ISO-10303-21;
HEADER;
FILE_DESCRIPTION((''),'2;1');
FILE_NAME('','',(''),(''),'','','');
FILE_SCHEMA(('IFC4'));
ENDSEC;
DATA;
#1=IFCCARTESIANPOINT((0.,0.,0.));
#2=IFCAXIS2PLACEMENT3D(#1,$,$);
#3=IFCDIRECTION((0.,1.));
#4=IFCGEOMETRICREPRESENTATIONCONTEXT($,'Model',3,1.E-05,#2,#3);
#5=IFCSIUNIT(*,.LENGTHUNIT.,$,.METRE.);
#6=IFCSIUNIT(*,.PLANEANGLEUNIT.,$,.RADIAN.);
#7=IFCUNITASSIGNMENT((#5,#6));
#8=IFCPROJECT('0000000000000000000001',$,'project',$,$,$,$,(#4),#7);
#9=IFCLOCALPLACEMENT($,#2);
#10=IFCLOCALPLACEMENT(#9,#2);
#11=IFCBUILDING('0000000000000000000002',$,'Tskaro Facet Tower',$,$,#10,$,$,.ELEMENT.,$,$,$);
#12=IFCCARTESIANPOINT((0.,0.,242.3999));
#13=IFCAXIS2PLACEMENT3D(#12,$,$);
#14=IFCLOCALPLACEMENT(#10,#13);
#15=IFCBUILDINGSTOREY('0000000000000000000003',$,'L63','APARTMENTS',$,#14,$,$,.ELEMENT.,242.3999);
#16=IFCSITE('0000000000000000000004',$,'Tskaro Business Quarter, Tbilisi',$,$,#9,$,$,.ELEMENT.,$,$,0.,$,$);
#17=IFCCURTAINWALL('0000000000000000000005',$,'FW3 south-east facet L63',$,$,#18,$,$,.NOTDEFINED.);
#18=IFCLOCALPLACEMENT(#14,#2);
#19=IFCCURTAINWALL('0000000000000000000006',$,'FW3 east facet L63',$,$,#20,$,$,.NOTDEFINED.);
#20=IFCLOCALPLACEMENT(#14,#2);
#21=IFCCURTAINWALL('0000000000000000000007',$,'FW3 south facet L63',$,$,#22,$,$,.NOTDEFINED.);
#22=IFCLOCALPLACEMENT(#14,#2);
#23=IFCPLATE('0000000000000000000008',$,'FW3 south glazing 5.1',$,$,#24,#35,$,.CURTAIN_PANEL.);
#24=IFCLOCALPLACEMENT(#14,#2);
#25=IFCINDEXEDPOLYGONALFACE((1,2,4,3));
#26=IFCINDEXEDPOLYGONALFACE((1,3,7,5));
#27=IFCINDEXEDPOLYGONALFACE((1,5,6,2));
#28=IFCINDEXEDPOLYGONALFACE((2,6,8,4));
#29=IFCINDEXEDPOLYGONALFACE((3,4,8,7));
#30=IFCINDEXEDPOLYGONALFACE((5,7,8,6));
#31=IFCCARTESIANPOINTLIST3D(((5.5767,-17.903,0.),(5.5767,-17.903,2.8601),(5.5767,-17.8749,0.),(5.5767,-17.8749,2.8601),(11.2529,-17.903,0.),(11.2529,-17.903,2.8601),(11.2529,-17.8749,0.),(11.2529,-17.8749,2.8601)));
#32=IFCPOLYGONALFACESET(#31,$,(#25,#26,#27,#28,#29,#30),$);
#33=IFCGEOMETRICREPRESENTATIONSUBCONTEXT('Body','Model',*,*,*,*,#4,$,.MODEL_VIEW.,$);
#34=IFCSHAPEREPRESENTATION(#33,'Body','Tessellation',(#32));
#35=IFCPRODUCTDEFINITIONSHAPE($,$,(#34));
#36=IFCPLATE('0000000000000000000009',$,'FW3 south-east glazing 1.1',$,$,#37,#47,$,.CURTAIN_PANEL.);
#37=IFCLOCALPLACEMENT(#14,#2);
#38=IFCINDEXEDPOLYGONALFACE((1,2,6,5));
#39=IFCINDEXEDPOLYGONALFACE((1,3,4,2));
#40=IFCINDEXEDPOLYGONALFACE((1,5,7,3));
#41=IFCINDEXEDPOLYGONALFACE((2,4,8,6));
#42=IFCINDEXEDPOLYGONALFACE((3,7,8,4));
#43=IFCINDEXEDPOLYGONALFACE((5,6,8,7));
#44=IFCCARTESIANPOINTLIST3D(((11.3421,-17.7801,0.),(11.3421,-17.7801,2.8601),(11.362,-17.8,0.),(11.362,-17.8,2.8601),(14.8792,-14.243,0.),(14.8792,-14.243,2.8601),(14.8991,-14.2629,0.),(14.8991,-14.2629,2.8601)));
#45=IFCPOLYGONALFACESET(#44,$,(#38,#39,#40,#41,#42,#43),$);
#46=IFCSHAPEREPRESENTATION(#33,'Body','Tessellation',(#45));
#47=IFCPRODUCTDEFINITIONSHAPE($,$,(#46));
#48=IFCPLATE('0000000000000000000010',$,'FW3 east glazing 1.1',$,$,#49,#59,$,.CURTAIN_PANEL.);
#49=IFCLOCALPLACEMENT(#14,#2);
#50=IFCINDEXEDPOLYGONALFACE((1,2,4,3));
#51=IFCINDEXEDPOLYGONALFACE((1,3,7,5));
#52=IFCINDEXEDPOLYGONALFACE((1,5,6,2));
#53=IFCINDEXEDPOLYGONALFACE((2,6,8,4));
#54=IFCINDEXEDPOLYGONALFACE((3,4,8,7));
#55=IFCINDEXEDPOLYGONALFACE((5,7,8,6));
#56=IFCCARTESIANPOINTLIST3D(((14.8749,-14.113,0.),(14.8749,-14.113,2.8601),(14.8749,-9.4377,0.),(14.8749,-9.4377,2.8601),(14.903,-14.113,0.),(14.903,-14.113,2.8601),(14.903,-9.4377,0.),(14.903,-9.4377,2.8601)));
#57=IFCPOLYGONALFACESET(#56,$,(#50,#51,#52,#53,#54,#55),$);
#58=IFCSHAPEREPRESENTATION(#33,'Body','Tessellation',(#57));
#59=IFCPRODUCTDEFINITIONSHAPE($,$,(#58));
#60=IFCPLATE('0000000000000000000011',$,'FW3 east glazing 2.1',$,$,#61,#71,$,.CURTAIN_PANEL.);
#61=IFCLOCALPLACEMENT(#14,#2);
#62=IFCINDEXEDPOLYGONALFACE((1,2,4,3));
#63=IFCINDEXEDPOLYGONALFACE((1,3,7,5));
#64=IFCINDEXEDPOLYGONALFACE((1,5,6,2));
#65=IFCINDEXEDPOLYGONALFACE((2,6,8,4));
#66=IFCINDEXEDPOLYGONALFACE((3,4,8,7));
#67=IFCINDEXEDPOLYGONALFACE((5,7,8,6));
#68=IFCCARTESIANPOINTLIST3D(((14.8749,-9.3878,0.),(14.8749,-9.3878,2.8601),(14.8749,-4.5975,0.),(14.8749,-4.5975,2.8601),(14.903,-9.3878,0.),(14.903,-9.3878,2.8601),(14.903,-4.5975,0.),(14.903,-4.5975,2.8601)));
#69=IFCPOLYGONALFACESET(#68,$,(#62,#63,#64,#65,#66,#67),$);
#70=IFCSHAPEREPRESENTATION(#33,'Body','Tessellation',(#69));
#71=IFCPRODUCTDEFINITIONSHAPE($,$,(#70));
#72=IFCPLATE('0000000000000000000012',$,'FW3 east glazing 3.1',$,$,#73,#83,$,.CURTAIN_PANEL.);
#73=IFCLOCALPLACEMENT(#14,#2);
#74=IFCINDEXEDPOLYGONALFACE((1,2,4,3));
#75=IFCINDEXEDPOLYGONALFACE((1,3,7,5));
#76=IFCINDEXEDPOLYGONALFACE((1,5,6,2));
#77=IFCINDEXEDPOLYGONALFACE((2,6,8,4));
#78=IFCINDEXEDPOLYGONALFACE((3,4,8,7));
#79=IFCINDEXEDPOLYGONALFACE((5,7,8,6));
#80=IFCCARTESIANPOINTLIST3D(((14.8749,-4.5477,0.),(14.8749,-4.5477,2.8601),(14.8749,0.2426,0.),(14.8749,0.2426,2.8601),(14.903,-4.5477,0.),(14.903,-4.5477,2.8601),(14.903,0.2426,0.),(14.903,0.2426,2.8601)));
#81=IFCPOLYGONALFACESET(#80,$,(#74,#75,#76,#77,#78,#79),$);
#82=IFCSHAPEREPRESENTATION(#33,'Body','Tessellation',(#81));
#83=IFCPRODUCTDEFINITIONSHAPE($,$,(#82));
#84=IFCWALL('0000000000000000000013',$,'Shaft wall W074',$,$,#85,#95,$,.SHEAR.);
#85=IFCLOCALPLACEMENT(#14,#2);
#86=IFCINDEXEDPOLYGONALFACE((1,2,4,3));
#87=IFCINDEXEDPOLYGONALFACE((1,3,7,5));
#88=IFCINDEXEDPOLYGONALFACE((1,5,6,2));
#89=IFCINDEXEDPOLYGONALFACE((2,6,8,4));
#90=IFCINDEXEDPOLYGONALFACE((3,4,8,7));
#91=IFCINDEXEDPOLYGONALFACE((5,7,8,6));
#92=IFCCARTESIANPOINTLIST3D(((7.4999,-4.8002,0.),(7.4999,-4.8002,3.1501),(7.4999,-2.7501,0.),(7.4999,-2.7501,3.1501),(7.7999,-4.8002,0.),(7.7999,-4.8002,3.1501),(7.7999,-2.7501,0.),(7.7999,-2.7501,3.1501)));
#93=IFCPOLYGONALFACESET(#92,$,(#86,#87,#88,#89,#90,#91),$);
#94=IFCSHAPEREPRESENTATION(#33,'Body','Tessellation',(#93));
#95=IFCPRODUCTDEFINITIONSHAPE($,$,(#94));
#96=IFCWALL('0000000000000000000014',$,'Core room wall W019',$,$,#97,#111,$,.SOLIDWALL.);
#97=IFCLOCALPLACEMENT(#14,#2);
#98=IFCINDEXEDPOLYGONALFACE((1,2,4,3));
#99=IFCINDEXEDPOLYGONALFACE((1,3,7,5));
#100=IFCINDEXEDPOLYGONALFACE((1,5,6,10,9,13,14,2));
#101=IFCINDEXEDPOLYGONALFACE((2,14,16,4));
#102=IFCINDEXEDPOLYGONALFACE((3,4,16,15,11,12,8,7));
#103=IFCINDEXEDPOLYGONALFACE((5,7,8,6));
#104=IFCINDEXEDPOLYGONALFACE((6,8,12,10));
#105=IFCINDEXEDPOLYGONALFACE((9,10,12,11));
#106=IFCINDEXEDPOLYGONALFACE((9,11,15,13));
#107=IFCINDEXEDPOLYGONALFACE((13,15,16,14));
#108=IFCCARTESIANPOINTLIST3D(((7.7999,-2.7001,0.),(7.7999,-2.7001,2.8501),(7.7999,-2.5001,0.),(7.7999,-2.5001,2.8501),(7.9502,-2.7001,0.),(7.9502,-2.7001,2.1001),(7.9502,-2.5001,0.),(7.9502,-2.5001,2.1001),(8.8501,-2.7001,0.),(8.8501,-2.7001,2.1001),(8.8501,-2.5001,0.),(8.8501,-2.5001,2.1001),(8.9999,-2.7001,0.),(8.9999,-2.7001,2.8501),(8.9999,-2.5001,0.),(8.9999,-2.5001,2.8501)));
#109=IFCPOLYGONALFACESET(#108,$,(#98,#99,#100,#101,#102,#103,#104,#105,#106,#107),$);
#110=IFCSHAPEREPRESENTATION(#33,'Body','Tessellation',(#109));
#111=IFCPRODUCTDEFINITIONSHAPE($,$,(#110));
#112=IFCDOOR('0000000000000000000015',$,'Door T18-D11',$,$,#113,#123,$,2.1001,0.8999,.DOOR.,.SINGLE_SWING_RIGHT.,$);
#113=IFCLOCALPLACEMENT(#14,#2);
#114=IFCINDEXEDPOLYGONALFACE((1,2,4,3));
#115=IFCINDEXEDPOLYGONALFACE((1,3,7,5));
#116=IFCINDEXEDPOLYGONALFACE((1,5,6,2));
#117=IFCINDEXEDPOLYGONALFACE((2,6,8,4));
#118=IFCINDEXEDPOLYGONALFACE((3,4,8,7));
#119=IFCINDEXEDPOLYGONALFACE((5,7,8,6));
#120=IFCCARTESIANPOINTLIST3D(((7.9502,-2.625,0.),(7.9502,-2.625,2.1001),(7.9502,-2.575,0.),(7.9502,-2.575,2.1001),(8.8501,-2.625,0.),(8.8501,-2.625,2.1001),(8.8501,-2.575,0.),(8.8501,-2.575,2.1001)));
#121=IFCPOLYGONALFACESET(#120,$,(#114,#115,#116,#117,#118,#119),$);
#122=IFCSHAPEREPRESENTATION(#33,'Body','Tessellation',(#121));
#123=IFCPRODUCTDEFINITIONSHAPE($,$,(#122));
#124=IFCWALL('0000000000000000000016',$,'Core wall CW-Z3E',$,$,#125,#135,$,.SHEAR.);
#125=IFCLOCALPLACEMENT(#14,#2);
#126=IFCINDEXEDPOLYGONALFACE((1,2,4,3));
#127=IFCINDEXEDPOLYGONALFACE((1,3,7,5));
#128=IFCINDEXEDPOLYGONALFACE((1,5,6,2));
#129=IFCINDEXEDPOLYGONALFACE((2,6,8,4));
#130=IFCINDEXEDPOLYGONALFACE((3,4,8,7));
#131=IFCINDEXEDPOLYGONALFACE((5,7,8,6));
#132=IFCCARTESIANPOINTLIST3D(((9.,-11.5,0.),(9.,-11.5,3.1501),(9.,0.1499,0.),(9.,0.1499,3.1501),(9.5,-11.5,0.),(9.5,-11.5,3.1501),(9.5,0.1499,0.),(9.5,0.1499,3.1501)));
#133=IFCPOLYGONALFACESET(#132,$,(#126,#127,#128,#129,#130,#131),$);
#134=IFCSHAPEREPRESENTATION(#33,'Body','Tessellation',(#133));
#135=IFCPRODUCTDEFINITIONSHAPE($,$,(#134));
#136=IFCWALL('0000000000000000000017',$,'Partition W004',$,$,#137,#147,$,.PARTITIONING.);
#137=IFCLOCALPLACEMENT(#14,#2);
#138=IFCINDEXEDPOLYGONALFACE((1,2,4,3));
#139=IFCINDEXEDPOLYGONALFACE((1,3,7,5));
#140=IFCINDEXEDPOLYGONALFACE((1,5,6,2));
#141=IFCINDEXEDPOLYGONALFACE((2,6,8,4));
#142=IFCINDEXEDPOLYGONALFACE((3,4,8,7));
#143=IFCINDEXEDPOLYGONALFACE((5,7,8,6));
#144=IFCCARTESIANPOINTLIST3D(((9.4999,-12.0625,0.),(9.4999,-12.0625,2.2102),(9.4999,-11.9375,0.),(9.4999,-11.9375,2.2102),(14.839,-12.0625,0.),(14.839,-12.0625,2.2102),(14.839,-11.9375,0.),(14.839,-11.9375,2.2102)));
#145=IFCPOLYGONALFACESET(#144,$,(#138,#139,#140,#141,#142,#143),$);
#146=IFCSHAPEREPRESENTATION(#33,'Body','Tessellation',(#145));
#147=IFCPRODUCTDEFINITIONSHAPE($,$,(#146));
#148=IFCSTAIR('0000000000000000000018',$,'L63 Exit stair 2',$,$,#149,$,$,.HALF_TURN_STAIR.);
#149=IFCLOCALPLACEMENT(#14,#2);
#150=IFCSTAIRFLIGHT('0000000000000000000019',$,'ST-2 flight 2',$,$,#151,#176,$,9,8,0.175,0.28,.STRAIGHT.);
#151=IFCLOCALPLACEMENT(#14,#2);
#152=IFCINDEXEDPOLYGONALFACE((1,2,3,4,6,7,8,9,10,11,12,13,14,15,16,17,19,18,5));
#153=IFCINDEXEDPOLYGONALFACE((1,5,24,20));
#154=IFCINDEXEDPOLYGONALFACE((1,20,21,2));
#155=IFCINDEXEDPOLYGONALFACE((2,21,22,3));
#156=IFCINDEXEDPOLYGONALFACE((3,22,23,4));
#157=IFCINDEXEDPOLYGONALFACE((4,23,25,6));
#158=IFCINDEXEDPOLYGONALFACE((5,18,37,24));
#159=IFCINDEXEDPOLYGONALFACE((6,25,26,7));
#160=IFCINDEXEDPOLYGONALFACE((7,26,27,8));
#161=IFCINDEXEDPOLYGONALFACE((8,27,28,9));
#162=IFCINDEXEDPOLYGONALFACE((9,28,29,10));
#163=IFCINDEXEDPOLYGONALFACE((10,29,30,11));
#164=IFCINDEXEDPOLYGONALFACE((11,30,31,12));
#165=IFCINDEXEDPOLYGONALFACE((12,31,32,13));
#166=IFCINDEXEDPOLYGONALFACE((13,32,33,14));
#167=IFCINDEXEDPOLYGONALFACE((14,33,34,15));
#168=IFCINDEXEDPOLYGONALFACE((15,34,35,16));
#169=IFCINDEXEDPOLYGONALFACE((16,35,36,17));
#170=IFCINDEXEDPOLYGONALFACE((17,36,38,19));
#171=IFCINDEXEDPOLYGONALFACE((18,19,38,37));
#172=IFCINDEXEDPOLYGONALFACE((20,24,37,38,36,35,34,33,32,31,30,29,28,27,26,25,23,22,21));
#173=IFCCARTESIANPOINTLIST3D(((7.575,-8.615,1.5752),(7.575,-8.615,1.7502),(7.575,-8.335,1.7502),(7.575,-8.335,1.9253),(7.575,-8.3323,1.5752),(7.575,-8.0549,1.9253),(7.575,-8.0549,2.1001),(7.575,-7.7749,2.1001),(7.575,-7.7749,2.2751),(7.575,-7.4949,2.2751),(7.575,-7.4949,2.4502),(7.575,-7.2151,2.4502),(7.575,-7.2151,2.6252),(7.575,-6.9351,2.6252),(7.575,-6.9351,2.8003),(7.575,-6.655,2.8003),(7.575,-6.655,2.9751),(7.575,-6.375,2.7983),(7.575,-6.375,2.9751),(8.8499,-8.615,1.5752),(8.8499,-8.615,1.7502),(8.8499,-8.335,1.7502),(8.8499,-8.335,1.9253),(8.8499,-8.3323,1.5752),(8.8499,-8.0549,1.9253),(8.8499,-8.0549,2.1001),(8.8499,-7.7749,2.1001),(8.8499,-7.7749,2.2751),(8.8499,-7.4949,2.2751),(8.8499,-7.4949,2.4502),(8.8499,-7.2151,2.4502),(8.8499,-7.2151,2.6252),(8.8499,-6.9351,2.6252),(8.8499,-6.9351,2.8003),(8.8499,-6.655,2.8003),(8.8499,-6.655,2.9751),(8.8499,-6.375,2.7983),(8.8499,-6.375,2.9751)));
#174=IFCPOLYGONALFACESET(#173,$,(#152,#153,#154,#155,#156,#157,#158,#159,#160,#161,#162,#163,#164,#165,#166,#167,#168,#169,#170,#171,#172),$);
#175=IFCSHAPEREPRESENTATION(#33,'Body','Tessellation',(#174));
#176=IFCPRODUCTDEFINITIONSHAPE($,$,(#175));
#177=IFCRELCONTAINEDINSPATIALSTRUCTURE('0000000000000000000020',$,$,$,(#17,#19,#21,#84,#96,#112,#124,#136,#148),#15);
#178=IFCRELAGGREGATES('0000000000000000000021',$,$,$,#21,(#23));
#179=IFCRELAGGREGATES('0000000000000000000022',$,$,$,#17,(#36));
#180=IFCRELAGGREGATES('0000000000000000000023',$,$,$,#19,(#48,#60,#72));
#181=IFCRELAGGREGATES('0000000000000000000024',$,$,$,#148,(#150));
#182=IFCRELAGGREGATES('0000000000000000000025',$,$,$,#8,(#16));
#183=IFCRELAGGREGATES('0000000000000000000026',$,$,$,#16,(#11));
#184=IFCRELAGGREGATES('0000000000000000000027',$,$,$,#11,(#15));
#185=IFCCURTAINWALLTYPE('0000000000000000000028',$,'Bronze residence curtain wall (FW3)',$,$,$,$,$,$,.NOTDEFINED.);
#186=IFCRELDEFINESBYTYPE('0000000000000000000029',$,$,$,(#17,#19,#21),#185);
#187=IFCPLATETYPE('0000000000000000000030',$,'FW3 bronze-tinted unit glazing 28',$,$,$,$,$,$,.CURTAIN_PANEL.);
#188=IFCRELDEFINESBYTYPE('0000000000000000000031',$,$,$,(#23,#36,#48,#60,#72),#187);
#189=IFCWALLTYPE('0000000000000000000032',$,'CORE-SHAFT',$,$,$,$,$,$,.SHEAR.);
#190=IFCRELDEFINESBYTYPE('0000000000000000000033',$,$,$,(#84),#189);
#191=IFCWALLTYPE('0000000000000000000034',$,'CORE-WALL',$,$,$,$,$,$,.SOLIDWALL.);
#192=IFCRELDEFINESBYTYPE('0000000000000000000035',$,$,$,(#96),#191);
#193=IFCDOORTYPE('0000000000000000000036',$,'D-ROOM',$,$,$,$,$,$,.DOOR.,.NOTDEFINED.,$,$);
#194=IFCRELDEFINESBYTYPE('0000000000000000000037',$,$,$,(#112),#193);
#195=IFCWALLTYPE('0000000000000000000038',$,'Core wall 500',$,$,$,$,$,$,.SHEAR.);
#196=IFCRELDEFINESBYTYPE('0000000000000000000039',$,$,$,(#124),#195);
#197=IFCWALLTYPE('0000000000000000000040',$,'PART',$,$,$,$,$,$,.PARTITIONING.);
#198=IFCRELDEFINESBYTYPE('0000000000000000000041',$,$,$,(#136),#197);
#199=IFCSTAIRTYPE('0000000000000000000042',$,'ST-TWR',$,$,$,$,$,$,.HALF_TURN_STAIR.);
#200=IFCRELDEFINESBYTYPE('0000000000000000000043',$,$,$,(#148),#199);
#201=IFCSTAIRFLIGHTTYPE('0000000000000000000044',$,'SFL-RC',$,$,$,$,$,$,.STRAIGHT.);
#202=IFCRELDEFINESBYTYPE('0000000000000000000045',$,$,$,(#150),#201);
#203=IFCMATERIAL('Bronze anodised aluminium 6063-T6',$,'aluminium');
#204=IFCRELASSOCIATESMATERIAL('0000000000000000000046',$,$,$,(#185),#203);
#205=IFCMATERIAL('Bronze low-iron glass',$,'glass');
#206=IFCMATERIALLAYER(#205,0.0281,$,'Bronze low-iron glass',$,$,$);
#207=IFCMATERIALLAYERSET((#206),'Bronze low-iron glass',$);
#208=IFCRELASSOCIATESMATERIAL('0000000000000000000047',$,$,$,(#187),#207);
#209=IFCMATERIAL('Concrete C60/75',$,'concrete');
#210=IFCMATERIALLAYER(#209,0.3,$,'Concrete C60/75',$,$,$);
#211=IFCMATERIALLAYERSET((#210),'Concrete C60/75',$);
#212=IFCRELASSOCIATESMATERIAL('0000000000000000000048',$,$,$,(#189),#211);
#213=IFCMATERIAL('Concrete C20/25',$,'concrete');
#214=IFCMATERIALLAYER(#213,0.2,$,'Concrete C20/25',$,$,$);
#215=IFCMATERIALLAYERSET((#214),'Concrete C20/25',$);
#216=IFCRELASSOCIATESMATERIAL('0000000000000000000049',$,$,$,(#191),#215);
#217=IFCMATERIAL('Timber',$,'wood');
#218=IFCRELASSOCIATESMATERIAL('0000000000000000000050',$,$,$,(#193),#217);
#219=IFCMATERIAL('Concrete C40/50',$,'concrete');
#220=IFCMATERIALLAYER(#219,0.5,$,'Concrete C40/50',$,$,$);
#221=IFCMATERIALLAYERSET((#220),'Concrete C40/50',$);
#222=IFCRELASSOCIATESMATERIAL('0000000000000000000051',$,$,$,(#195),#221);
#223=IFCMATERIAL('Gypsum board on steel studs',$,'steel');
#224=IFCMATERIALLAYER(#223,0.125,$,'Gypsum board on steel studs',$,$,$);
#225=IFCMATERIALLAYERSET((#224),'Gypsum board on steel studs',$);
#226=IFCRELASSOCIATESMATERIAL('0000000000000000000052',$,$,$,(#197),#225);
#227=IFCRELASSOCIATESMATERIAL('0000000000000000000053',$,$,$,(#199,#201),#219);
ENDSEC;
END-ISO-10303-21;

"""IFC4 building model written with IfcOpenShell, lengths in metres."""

from ifc_helpers import new_model, si_unit, direction, frame, frame_2d, origin, origin_2d, place, context, subcontext, project, spatial, polyline, rectangle, outline, extrude, material, layer, layer_set, type_object, element, fill, aggregate, save


model = new_model("IFC4")

# Units and contexts
model_context = context("Model", 3, precision=1e-05, world=origin(), true_north=direction((0.0, 1.0)))
body_context = subcontext(model_context, "Body", "Model", "MODEL_VIEW")
ifc_project = project(units=[si_unit("LENGTHUNIT", "METRE"), si_unit("PLANEANGLEUNIT", "RADIAN")], contexts=[model_context])

# Site, building, storey
site_placement = place(None, origin())
site = spatial("IfcSite", under=ifc_project, at=site_placement, Name="Tskaro Business Quarter, Tbilisi", CompositionType="ELEMENT", RefElevation=0.0)
building_placement = place(site_placement, origin())
building = spatial("IfcBuilding", under=site, at=building_placement, Name="Tskaro Facet Tower", CompositionType="ELEMENT")
storey_placement = place(building_placement, frame((0.0, 0.0, 242.3999)))
storey = spatial("IfcBuildingStorey", under=building, at=storey_placement, Name="L63", Description="APARTMENTS", CompositionType="ELEMENT", Elevation=242.3999)

# Curtain wall
ifc_material_1 = material(Name="Bronze anodised aluminium 6063-T6", Category="aluminium")
curtain_wall_type = type_object("IfcCurtainWallType", Name="Bronze residence curtain wall (FW3)", PredefinedType="NOTDEFINED", material=ifc_material_1)
curtain_wall_1_placement = place(storey_placement, origin())
curtain_wall_1 = element("IfcCurtainWall", 1, at=curtain_wall_1_placement, inside=storey, type_object=curtain_wall_type, Name="FW3 south-east facet L63", PredefinedType="NOTDEFINED")

# Curtain wall
curtain_wall_2_placement = place(storey_placement, origin())
curtain_wall_2 = element("IfcCurtainWall", 2, at=curtain_wall_2_placement, inside=storey, type_object=curtain_wall_type, Name="FW3 east facet L63", PredefinedType="NOTDEFINED")

# Curtain wall, plate
curtain_wall_3_placement = place(storey_placement, origin())
curtain_wall_3 = element("IfcCurtainWall", 3, at=curtain_wall_3_placement, inside=storey, type_object=curtain_wall_type, Name="FW3 south facet L63", PredefinedType="NOTDEFINED")
ifc_material_2 = material(Name="Bronze low-iron glass", Category="glass")
ifc_layer_1 = layer(ifc_material_2, 0.0281, Name="Bronze low-iron glass")
ifc_layer_set_1 = layer_set([ifc_layer_1], Name="Bronze low-iron glass")
plate_type = type_object("IfcPlateType", Name="FW3 bronze-tinted unit glazing 28", PredefinedType="CURTAIN_PANEL", material=ifc_layer_set_1)
plate_1_placement = place(storey_placement, frame((8.4148, -17.8889, 0.0), z_axis=(0.0, 0.0, 1.0), x_axis=(1.0, 0.0, 0.0)))
plate_1 = element("IfcPlate", 4, at=plate_1_placement, type_object=plate_type, Name="FW3 south glazing 5.1", PredefinedType="CURTAIN_PANEL", context=body_context, shape_type="SweptSolid", body=[
    extrude(rectangle(XDim=5.6763, YDim=0.0281, at=origin_2d()), origin(), (0.0, 0.0, 1.0), 2.8601),
])
aggregate(curtain_wall_3, [plate_1])

# Plates
plate_2_placement = place(storey_placement, frame((13.1206, -16.0215, 0.0), z_axis=(0.0, 0.0, 1.0), x_axis=(0.707107, 0.707107, 0.0)))
plate_2 = element("IfcPlate", 5, at=plate_2_placement, type_object=plate_type, Name="FW3 south-east glazing 1.1", PredefinedType="CURTAIN_PANEL", context=body_context, shape_type="SweptSolid", body=[
    extrude(rectangle(XDim=5.0022, YDim=0.0281, at=origin_2d()), origin(), (0.0, 0.0, 1.0), 2.8601),
])
aggregate(curtain_wall_1, [plate_2])
plate_3_placement = place(storey_placement, frame((14.8889, -11.7754, 0.0), z_axis=(0.0, 0.0, 1.0), x_axis=(0.0, 1.0, 0.0)))
plate_3 = element("IfcPlate", 6, at=plate_3_placement, type_object=plate_type, Name="FW3 east glazing 1.1", PredefinedType="CURTAIN_PANEL", context=body_context, shape_type="SweptSolid", body=[
    extrude(rectangle(XDim=4.6753, YDim=0.0281, at=origin_2d()), origin(), (0.0, 0.0, 1.0), 2.8601),
])
plate_4_placement = place(storey_placement, frame((14.8889, -6.9927, 0.0), z_axis=(0.0, 0.0, 1.0), x_axis=(0.0, 1.0, 0.0)))
plate_4 = element("IfcPlate", 7, at=plate_4_placement, type_object=plate_type, Name="FW3 east glazing 2.1", PredefinedType="CURTAIN_PANEL", context=body_context, shape_type="SweptSolid", body=[
    extrude(rectangle(XDim=4.7903, YDim=0.0281, at=origin_2d()), origin(), (0.0, 0.0, 1.0), 2.8601),
])
plate_5_placement = place(storey_placement, frame((14.8889, -2.1526, 0.0), z_axis=(0.0, 0.0, 1.0), x_axis=(0.0, 1.0, 0.0)))
plate_5 = element("IfcPlate", 8, at=plate_5_placement, type_object=plate_type, Name="FW3 east glazing 3.1", PredefinedType="CURTAIN_PANEL", context=body_context, shape_type="SweptSolid", body=[
    extrude(rectangle(XDim=4.7903, YDim=0.0281, at=origin_2d()), origin(), (0.0, 0.0, 1.0), 2.8601),
])
aggregate(curtain_wall_2, [plate_3, plate_4, plate_5])

# Wall
ifc_material_3 = material(Name="Concrete C60/75", Category="concrete")
ifc_layer_2 = layer(ifc_material_3, 0.3, Name="Concrete C60/75")
ifc_layer_set_2 = layer_set([ifc_layer_2], Name="Concrete C60/75")
wall_type_1 = type_object("IfcWallType", Name="CORE-SHAFT", PredefinedType="SHEAR", material=ifc_layer_set_2)
wall_1_placement = place(storey_placement, frame((7.6499, -4.8, 0.0), z_axis=(0.0, 0.0, 1.0), x_axis=(0.0, 1.0, 0.0)))
element("IfcWall", 9, at=wall_1_placement, inside=storey, type_object=wall_type_1, Name="Shaft wall W074", PredefinedType="SHEAR", context=body_context, shape_type="SweptSolid", body=[
    extrude(rectangle(XDim=2.05, YDim=0.3, at=frame_2d((1.0249, 0.0))), origin(), (0.0, 0.0, 1.0), 3.1501),
])

# Wall, opening, door
ifc_material_4 = material(Name="Concrete C20/25", Category="concrete")
ifc_layer_3 = layer(ifc_material_4, 0.2, Name="Concrete C20/25")
ifc_layer_set_3 = layer_set([ifc_layer_3], Name="Concrete C20/25")
wall_type_2 = type_object("IfcWallType", Name="CORE-WALL", PredefinedType="SOLIDWALL", material=ifc_layer_set_3)
wall_2_placement = place(storey_placement, frame((9.0, -2.6001, 0.0), z_axis=(0.0, 0.0, 1.0), x_axis=(-1.0, 0.0, 0.0)))
wall_2 = element("IfcWall", 10, at=wall_2_placement, inside=storey, type_object=wall_type_2, Name="Core room wall W019", PredefinedType="SOLIDWALL", context=body_context, shape_type="SweptSolid", body=[
    extrude(rectangle(XDim=1.2, YDim=0.2, at=frame_2d((0.6001, 0.0))), origin(), (0.0, 0.0, 1.0), 2.8501),
])
opening_placement = place(wall_2_placement, frame((0.1499, 0.0, 0.0)))
opening = element("IfcOpeningElement", 11, at=opening_placement, cuts=wall_2, PredefinedType="OPENING", context=body_context, shape_type="SweptSolid", body=[
    extrude(rectangle(XDim=0.8999, YDim=2.1001, at=frame_2d((0.45, 1.05))), frame((0.0, 0.1099, 0.0), z_axis=(0.0, -1.0, 0.0), x_axis=(1.0, 0.0, 0.0)), (0.0, 0.0, 1.0), 0.22),
])
ifc_material_5 = material(Name="Timber", Category="wood")
door_type = type_object("IfcDoorType", Name="D-ROOM", OperationType="NOTDEFINED", PredefinedType="DOOR", material=ifc_material_5)
door_placement = place(opening_placement, origin())
door = element("IfcDoor", 12, at=door_placement, inside=storey, type_object=door_type, Name="Door T18-D11", OperationType="SINGLE_SWING_RIGHT", OverallHeight=2.1001, OverallWidth=0.8999, PredefinedType="DOOR", context=body_context, shape_type="SweptSolid", body=[
    extrude(rectangle(XDim=0.8999, YDim=2.1001, at=frame_2d((0.45, 1.05))), frame((0.0, 0.0249, 0.0), z_axis=(0.0, -1.0, 0.0), x_axis=(1.0, 0.0, 0.0)), (0.0, 0.0, 1.0), 0.05),
])
fill(opening, door)

# Walls
ifc_material_6 = material(Name="Concrete C40/50", Category="concrete")
ifc_layer_4 = layer(ifc_material_6, 0.5, Name="Concrete C40/50")
ifc_layer_set_4 = layer_set([ifc_layer_4], Name="Concrete C40/50")
wall_type_3 = type_object("IfcWallType", Name="Core wall 500", PredefinedType="SHEAR", material=ifc_layer_set_4)
wall_3_placement = place(storey_placement, frame((9.25, -11.5, 0.0), z_axis=(0.0, 0.0, 1.0), x_axis=(0.0, 1.0, 0.0)))
element("IfcWall", 13, at=wall_3_placement, inside=storey, type_object=wall_type_3, Name="Core wall CW-Z3E", PredefinedType="SHEAR", context=body_context, shape_type="SweptSolid", body=[
    extrude(rectangle(XDim=11.6499, YDim=0.5, at=frame_2d((5.825, 0.0))), origin(), (0.0, 0.0, 1.0), 3.1501),
])
ifc_material_7 = material(Name="Gypsum board on steel studs", Category="steel")
ifc_layer_5 = layer(ifc_material_7, 0.125, Name="Gypsum board on steel studs")
ifc_layer_set_5 = layer_set([ifc_layer_5], Name="Gypsum board on steel studs")
wall_type_4 = type_object("IfcWallType", Name="PART", PredefinedType="PARTITIONING", material=ifc_layer_set_5)
wall_4_placement = place(storey_placement, frame((9.5, -12.0, 0.0), z_axis=(0.0, 0.0, 1.0), x_axis=(1.0, 0.0, 0.0)))
element("IfcWall", 14, at=wall_4_placement, inside=storey, type_object=wall_type_4, Name="Partition W004", PredefinedType="PARTITIONING", context=body_context, shape_type="SweptSolid", body=[
    extrude(rectangle(XDim=5.3391, YDim=0.125, at=frame_2d((2.6694, 0.0))), origin(), (0.0, 0.0, 1.0), 2.2102),
])

# Stair, stair flight
stair_type = type_object("IfcStairType", Name="ST-TWR", PredefinedType="HALF_TURN_STAIR", material=ifc_material_6)
stair_placement = place(storey_placement, origin())
stair = element("IfcStair", 15, at=stair_placement, inside=storey, type_object=stair_type, Name="L63 Exit stair 2", PredefinedType="HALF_TURN_STAIR")
stair_flight_type = type_object("IfcStairFlightType", Name="SFL-RC", PredefinedType="STRAIGHT", material=ifc_material_6)
stair_flight_placement = place(storey_placement, frame((8.2124, -8.615, 1.5752), z_axis=(0.0, 0.0, 1.0), x_axis=(0.0, 1.0, 0.0)))
stair_flight = element("IfcStairFlight", 16, at=stair_flight_placement, type_object=stair_flight_type, Name="ST-2 flight 2", NumberOfRisers=9, NumberOfTreads=8, PredefinedType="STRAIGHT", RiserHeight=0.175, TreadLength=0.28, context=body_context, shape_type="SweptSolid", body=[
    extrude(outline(polyline([(0.0, 0.0), (0.0, 0.175), (0.28, 0.175), (0.28, 0.3501), (0.5601, 0.3501), (0.5601, 0.5249), (0.8401, 0.5249), (0.8401, 0.7), (1.1201, 0.7), (1.1201, 0.875), (1.3999, 0.875), (1.3999, 1.05), (1.6799, 1.05), (1.6799, 1.2251), (1.96, 1.2251), (1.96, 1.3999), (2.24, 1.3999), (2.24, 1.575), (2.24, 1.2231), (0.2827, 0.0), (0.0, 0.0)])), frame((0.0, 0.6375, 0.0), z_axis=(0.0, -1.0, 0.0), x_axis=(1.0, 0.0, 0.0)), (0.0, 0.0, 1.0), 1.2749),
])
aggregate(stair, [stair_flight])

save(model, "model.ifc")
